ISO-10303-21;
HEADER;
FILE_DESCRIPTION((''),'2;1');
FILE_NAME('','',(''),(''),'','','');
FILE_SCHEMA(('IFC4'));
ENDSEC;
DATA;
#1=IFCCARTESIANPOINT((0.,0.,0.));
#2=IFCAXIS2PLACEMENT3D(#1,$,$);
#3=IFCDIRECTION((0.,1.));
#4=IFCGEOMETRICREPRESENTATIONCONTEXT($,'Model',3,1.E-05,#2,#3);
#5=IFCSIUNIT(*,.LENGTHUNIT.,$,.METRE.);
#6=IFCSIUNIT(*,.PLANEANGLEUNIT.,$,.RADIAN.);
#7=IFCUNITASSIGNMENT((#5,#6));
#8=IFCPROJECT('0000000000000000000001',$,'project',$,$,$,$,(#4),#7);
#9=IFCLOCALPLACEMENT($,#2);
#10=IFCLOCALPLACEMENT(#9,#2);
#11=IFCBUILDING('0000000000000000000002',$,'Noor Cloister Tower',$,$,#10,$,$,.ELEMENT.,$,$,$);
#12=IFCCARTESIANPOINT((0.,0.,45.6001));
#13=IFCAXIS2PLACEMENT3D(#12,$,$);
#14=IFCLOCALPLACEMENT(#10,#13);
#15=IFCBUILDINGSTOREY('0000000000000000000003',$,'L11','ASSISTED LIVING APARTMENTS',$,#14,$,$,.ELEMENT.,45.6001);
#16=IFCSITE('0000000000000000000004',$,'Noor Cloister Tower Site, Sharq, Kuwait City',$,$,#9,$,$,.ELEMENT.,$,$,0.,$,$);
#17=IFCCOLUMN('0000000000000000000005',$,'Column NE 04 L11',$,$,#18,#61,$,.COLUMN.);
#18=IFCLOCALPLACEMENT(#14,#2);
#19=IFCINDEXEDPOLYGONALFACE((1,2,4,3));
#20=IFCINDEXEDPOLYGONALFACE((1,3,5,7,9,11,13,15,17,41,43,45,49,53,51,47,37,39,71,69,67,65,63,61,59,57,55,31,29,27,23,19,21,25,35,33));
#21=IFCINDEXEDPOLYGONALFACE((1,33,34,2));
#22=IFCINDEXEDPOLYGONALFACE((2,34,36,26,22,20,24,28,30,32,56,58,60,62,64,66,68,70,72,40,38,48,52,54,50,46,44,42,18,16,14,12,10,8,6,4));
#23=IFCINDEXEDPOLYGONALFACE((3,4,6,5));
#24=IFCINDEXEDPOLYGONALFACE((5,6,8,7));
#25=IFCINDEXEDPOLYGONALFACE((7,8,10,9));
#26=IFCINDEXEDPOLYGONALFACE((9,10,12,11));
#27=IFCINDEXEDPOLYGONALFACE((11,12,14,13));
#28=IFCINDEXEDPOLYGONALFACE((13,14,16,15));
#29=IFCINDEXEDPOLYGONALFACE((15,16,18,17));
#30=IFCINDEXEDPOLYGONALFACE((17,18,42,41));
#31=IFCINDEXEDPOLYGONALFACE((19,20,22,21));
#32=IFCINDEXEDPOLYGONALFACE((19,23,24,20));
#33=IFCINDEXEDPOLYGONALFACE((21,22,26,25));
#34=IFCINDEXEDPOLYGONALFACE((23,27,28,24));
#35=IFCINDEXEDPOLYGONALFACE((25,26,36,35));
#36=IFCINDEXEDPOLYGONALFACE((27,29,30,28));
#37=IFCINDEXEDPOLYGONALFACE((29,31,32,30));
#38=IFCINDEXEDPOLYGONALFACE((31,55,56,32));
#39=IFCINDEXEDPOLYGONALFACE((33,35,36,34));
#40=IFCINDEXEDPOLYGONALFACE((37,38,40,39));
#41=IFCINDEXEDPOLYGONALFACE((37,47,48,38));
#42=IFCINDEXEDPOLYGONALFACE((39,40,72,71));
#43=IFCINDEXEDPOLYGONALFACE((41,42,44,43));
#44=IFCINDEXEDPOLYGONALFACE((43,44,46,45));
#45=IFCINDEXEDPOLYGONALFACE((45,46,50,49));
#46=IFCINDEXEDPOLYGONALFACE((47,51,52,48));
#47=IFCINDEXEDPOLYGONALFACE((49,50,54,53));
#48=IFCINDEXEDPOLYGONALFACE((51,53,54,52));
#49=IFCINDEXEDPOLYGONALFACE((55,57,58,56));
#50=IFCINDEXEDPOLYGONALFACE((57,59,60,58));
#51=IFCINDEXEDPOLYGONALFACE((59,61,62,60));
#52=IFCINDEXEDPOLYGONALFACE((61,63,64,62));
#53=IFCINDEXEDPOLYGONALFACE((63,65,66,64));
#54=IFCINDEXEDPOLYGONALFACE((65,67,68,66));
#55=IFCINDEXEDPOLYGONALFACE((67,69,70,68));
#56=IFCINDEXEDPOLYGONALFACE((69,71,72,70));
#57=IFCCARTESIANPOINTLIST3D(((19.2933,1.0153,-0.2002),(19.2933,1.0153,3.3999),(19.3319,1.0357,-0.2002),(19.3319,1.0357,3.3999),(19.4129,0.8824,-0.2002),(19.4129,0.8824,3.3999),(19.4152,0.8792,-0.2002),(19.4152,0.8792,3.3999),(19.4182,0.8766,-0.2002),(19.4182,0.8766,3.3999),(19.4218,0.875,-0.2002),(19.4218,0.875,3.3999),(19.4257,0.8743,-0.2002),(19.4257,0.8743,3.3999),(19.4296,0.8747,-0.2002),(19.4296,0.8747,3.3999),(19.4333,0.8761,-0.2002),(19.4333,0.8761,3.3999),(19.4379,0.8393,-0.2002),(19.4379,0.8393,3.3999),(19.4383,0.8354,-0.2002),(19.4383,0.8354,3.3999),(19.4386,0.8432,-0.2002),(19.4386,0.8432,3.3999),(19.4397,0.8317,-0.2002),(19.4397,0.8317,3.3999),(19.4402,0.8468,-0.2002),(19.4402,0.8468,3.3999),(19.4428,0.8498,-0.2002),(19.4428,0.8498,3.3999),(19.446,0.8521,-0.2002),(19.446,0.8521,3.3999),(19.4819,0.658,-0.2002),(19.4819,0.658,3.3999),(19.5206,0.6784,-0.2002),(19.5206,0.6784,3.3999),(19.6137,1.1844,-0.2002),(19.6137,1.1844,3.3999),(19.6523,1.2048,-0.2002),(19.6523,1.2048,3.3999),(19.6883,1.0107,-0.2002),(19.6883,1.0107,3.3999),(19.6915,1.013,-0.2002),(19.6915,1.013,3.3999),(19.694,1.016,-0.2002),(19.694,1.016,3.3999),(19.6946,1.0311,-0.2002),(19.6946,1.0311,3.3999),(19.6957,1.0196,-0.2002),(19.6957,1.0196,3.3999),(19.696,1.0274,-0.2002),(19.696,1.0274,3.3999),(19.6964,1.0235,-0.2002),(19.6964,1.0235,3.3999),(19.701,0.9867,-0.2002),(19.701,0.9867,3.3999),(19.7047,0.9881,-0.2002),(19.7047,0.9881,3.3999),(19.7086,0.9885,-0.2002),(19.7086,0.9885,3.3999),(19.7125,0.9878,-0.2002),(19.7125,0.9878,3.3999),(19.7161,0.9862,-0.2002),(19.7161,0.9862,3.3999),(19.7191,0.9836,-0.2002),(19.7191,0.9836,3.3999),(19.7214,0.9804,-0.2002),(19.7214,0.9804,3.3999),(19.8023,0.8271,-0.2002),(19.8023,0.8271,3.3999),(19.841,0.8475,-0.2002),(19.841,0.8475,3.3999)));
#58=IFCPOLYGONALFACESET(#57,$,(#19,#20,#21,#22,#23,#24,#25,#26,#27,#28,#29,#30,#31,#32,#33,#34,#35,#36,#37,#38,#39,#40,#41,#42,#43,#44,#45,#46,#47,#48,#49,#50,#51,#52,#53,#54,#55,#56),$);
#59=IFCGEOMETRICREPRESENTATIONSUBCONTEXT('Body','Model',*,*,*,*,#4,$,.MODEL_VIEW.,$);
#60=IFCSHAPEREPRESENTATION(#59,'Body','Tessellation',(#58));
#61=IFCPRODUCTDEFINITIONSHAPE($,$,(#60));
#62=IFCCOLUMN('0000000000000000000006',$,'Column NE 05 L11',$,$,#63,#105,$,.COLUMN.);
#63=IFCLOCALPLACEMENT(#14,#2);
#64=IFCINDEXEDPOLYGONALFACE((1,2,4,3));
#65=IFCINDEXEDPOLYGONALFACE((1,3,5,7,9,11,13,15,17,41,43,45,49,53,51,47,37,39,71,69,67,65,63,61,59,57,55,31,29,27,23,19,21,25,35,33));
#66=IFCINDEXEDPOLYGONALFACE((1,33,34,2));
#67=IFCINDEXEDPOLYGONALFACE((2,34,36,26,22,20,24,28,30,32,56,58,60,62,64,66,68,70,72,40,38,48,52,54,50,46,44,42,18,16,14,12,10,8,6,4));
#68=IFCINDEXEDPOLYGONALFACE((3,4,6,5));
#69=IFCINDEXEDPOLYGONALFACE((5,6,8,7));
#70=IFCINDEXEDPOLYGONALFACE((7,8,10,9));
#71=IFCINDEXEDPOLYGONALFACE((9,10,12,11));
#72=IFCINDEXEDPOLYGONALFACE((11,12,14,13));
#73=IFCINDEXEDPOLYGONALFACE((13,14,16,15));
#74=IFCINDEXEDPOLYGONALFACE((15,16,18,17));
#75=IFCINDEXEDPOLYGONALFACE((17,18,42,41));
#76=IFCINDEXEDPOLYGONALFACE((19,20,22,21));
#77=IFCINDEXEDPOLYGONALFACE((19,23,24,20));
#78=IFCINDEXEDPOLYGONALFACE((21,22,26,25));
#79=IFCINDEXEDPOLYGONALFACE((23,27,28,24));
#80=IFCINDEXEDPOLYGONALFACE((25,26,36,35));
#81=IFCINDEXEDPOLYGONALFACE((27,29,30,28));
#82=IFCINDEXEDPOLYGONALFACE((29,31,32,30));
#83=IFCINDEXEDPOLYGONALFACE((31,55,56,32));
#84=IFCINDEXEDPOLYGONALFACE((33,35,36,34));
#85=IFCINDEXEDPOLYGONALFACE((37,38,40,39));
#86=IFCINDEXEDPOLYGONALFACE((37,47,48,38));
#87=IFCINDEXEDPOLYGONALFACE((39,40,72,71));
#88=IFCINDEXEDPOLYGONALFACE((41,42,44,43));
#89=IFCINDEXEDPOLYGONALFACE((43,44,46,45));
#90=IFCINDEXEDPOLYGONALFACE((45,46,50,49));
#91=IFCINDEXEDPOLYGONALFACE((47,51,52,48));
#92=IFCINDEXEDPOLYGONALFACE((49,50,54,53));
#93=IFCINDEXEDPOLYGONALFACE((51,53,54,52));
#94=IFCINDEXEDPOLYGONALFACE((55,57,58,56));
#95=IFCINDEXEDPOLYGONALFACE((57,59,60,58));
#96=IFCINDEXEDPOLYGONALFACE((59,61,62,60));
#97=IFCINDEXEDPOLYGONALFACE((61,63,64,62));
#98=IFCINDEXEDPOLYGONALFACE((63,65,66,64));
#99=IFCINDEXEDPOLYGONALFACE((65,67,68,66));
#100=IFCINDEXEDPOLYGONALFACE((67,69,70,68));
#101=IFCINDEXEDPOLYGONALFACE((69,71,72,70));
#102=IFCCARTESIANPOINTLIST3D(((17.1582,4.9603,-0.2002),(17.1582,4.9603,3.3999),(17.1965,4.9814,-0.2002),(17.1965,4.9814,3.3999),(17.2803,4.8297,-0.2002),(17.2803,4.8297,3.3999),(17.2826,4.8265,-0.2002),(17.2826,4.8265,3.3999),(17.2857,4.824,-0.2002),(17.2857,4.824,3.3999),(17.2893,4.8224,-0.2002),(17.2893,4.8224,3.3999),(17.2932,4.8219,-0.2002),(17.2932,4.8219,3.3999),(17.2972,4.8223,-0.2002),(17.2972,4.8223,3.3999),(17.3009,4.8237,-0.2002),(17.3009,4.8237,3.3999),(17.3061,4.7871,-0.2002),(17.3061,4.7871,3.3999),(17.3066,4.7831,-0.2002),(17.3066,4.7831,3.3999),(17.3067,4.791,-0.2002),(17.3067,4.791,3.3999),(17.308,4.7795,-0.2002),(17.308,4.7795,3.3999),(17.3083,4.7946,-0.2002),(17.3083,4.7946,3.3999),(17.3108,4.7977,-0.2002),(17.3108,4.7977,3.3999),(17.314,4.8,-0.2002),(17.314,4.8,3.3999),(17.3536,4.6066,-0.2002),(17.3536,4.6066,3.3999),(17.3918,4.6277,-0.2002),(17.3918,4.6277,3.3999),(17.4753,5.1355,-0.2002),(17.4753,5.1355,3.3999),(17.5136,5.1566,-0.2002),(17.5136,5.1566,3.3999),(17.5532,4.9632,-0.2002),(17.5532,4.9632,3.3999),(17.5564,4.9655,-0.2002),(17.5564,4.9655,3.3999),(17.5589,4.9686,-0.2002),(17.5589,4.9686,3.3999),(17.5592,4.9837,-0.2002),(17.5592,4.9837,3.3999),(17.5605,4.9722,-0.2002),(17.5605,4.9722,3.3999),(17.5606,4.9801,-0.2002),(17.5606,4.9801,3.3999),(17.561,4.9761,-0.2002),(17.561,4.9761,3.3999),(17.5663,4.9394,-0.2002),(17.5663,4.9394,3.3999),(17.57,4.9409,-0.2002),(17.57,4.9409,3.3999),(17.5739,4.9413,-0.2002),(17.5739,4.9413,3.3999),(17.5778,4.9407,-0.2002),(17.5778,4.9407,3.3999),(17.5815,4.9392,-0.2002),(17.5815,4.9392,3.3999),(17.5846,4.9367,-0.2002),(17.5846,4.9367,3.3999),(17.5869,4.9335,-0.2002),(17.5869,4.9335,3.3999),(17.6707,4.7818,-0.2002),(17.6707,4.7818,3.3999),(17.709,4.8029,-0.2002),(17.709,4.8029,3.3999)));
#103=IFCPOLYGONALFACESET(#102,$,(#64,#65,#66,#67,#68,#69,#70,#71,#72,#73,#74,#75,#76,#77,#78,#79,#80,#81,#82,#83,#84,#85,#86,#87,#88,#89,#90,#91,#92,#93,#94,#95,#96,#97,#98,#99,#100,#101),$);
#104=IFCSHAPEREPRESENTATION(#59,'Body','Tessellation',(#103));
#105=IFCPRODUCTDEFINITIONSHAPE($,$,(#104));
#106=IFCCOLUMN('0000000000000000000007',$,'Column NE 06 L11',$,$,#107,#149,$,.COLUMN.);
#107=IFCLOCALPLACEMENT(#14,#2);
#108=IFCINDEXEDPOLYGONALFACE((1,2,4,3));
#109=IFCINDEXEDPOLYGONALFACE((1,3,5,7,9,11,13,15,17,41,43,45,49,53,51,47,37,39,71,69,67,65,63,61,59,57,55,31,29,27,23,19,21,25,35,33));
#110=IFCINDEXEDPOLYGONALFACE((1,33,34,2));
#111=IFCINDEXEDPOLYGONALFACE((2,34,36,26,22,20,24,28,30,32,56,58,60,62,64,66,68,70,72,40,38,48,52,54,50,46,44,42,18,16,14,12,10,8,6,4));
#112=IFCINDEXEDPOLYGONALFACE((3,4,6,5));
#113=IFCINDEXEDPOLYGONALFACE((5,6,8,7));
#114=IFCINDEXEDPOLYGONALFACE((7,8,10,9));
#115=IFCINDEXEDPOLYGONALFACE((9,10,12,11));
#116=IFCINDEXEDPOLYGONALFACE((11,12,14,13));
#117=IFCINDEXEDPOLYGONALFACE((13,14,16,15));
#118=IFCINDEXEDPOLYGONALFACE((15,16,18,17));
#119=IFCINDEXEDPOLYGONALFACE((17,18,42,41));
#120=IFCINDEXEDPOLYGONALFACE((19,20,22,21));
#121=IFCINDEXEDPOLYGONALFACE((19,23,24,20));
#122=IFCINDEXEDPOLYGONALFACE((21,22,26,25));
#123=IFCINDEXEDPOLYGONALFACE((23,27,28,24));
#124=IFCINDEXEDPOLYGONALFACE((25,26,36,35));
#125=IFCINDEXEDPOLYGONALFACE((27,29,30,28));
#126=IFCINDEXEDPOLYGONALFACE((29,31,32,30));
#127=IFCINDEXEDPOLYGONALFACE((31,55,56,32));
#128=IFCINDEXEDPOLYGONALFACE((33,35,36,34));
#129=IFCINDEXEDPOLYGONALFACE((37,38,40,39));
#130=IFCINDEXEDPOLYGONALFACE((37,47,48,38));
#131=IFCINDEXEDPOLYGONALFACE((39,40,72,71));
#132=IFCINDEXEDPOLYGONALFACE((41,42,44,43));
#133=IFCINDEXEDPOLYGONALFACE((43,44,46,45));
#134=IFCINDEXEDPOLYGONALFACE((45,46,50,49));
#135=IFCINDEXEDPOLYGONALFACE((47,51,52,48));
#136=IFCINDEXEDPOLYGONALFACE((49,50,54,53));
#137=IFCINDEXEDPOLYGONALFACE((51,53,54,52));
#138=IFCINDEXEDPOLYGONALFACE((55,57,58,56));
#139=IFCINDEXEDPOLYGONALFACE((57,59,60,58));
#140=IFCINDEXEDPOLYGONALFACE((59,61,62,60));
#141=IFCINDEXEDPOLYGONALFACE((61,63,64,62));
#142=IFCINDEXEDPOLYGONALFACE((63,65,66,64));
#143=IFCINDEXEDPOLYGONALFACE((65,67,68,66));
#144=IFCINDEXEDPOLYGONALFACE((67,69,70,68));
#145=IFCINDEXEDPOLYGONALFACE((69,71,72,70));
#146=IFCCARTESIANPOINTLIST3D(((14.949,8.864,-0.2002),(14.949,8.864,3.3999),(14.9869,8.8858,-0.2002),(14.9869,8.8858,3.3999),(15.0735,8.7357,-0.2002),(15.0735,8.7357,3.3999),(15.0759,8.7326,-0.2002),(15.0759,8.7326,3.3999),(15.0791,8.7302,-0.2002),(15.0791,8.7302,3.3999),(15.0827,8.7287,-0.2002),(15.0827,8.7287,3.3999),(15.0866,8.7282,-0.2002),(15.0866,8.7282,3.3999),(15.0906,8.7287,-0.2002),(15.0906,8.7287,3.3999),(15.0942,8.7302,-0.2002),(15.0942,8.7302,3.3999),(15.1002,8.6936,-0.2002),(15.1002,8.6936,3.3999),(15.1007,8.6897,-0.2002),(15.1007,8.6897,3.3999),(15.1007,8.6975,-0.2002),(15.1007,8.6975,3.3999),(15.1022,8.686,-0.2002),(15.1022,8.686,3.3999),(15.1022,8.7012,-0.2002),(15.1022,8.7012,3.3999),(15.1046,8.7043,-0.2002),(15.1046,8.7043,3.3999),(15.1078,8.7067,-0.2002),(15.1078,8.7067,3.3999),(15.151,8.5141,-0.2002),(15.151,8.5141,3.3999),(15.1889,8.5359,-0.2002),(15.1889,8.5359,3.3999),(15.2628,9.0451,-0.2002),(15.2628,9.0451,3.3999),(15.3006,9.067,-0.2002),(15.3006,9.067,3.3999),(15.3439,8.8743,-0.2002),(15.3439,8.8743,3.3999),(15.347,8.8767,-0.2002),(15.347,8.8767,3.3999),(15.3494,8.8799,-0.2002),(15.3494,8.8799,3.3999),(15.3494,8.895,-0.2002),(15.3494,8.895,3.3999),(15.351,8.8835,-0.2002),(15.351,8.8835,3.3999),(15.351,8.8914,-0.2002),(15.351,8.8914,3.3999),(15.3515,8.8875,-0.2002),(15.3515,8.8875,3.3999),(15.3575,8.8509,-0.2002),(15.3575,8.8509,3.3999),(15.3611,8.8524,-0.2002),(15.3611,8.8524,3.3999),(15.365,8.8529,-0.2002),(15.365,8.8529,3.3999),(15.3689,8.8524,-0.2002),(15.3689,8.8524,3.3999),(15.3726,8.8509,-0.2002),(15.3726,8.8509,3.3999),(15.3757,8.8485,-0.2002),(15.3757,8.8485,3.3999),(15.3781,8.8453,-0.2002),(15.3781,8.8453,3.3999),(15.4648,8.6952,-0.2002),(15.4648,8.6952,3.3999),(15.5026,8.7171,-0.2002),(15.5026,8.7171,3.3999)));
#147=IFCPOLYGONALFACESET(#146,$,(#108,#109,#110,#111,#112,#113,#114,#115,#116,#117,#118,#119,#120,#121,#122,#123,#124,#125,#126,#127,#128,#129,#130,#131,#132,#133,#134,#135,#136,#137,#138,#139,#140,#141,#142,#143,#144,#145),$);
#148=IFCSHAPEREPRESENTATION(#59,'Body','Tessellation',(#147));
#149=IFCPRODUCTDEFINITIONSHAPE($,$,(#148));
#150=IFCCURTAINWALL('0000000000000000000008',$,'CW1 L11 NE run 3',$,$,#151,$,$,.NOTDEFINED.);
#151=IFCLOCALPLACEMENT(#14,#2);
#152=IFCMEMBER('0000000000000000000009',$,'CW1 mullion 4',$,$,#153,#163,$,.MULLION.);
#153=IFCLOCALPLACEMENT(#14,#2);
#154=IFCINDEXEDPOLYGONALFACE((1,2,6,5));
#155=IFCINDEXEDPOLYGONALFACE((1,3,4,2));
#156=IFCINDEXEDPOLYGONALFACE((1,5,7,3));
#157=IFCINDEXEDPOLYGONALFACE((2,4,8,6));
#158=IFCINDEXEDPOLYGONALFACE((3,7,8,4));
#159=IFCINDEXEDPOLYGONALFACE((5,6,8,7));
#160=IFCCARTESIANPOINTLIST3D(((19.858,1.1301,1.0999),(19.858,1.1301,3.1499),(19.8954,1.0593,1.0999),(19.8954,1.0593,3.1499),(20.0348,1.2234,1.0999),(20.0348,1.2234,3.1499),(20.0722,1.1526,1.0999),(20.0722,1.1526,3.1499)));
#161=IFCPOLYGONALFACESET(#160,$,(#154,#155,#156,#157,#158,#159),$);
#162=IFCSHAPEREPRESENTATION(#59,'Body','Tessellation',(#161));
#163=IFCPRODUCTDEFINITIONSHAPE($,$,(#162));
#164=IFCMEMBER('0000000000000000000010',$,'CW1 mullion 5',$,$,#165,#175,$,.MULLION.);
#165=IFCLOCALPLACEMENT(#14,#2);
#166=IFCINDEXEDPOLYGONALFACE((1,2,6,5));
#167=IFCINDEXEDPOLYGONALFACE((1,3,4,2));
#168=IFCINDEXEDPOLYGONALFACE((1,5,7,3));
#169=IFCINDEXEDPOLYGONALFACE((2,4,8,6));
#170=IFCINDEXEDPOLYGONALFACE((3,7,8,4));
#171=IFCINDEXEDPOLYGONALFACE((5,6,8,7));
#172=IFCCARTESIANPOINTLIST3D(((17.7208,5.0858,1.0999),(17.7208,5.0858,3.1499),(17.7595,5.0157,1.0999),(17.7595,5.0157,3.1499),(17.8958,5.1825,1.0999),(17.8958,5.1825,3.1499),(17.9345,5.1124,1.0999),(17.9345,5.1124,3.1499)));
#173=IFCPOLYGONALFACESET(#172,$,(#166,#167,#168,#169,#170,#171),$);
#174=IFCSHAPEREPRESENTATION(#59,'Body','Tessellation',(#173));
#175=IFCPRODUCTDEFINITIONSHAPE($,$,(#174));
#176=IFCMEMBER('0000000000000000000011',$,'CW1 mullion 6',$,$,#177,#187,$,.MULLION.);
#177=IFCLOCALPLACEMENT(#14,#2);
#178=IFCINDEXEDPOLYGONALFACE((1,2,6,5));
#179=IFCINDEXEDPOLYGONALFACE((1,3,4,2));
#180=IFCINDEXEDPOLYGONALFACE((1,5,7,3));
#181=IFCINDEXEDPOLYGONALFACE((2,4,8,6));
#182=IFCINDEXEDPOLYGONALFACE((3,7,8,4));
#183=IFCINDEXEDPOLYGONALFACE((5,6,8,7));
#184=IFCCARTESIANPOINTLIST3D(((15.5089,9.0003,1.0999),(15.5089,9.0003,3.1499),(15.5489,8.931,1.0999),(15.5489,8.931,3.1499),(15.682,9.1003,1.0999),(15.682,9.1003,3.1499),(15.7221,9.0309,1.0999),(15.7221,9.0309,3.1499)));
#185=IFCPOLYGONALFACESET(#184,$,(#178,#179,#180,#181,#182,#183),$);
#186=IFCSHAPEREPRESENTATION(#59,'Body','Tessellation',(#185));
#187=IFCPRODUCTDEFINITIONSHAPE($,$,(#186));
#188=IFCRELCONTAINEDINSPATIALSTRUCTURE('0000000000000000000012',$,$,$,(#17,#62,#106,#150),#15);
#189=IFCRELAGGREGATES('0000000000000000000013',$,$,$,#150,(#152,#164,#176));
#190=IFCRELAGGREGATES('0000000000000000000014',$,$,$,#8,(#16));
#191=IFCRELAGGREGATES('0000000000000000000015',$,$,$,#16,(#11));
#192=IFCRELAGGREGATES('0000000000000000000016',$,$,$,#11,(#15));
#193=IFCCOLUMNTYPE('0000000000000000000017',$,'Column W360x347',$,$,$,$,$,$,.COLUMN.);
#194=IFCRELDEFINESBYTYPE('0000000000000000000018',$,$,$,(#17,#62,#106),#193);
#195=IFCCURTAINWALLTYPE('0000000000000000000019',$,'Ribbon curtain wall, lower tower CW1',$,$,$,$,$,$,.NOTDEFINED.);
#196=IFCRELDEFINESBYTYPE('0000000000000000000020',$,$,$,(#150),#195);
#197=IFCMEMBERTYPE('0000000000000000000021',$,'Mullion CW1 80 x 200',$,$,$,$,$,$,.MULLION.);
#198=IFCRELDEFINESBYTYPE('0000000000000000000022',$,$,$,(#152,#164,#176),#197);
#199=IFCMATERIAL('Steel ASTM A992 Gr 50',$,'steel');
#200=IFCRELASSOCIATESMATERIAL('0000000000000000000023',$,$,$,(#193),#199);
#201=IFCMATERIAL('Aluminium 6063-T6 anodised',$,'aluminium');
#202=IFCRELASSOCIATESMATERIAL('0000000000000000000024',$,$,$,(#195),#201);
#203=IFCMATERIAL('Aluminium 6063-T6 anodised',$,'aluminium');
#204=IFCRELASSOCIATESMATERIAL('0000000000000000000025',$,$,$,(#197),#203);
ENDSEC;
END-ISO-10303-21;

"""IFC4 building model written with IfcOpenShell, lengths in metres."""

from ifc_helpers import new_model, si_unit, direction, frame, origin, origin_2d, place, context, subcontext, project, spatial, rectangle, i_section, extrude, material, material_profile, profile_set, type_object, element, aggregate, save


model = new_model("IFC4")

# Units and contexts
model_context = context("Model", 3, precision=1e-05, world=origin(), true_north=direction((0.0, 1.0)))
body_context = subcontext(model_context, "Body", "Model", "MODEL_VIEW")
ifc_project = project(units=[si_unit("LENGTHUNIT", "METRE"), si_unit("PLANEANGLEUNIT", "RADIAN")], contexts=[model_context])

# Site, building, storey
site_placement = place(None, origin())
site = spatial("IfcSite", under=ifc_project, at=site_placement, Name="Noor Cloister Tower Site, Sharq, Kuwait City", CompositionType="ELEMENT", RefElevation=0.0)
building_placement = place(site_placement, origin())
building = spatial("IfcBuilding", under=site, at=building_placement, Name="Noor Cloister Tower", CompositionType="ELEMENT")
storey_placement = place(building_placement, frame((0.0, 0.0, 45.6001)))
storey = spatial("IfcBuildingStorey", under=building, at=storey_placement, Name="L11", Description="ASSISTED LIVING APARTMENTS", CompositionType="ELEMENT", Elevation=45.6001)

# Columns
ifc_material_1 = material(Name="Steel ASTM A992 Gr 50", Category="steel")
ifc_material_profile_1 = material_profile(ifc_material_1, i_section(OverallWidth=0.4041, OverallDepth=0.406, WebThickness=0.0271, FlangeThickness=0.0437, FilletRadius=0.0151, at=origin_2d()), Name="W360x347")
ifc_profile_set_1 = profile_set([ifc_material_profile_1], Name="Steel ASTM A992 Gr 50")
column_type = type_object("IfcColumnType", Name="Column W360x347", PredefinedType="COLUMN", material=ifc_profile_set_1)
for number, where, z_axis, x_axis, name in (
    (1, (19.5671, 0.9314, -0.2002), (0.0, 0.0, 1.0), (-0.466887, 0.884317, 0.0), "Column NE 04 L11"),
    (2, (17.4336, 4.8816, -0.2002), (0.0, 0.0, 1.0), (-0.48353, 0.875328, 0.0), "Column NE 05 L11"),
    (3, (15.2258, 8.7905, -0.2002), (0.0, 0.0, 1.0), (-0.5, 0.866025, 0.0), "Column NE 06 L11"),
):
    element("IfcColumn", number, at=place(storey_placement, frame(where, z_axis=z_axis, x_axis=x_axis)), inside=storey, type_object=column_type, Name=name, PredefinedType="COLUMN", context=body_context, shape_type="SweptSolid", body=[
        extrude(i_section(OverallWidth=0.4041, OverallDepth=0.406, WebThickness=0.0271, FlangeThickness=0.0437, FilletRadius=0.0151, at=origin_2d()), origin(), (0.0, 0.0, 1.0), 3.6001),
    ])

# Curtain wall, members
ifc_material_2 = material(Name="Aluminium 6063-T6 anodised", Category="aluminium")
curtain_wall_type = type_object("IfcCurtainWallType", Name="Ribbon curtain wall, lower tower CW1", PredefinedType="NOTDEFINED", material=ifc_material_2)
curtain_wall_placement = place(storey_placement, origin())
curtain_wall = element("IfcCurtainWall", 4, at=curtain_wall_placement, inside=storey, type_object=curtain_wall_type, Name="CW1 L11 NE run 3", PredefinedType="NOTDEFINED")
ifc_material_3 = material(Name="Aluminium 6063-T6 anodised", Category="aluminium")
ifc_material_profile_2 = material_profile(ifc_material_3, rectangle(XDim=0.2, YDim=0.0801, at=origin_2d()), Name="200 x 80 mullion")
ifc_profile_set_2 = profile_set([ifc_material_profile_2], Name="Aluminium 6063-T6 anodised")
member_type = type_object("IfcMemberType", Name="Mullion CW1 80 x 200", PredefinedType="MULLION", material=ifc_profile_set_2)
member_1_placement = place(storey_placement, frame((19.9651, 1.1414, 1.0999), z_axis=(0.0, 0.0, 1.0), x_axis=(-0.884317, -0.466887, 0.0)))
member_1 = element("IfcMember", 5, at=member_1_placement, type_object=member_type, Name="CW1 mullion 4", PredefinedType="MULLION", context=body_context, shape_type="SweptSolid", body=[
    extrude(rectangle(XDim=0.2, YDim=0.0801, at=origin_2d()), origin(), (0.0, 0.0, 1.0), 2.05),
])
member_2_placement = place(storey_placement, frame((17.8276, 5.0991, 1.0999), z_axis=(0.0, 0.0, 1.0), x_axis=(-0.875328, -0.48353, 0.0)))
member_2 = element("IfcMember", 6, at=member_2_placement, type_object=member_type, Name="CW1 mullion 5", PredefinedType="MULLION", context=body_context, shape_type="SweptSolid", body=[
    extrude(rectangle(XDim=0.2, YDim=0.0801, at=origin_2d()), origin(), (0.0, 0.0, 1.0), 2.05),
])
member_3_placement = place(storey_placement, frame((15.6155, 9.0156, 1.0999), z_axis=(0.0, 0.0, 1.0), x_axis=(-0.866025, -0.5, 0.0)))
member_3 = element("IfcMember", 7, at=member_3_placement, type_object=member_type, Name="CW1 mullion 6", PredefinedType="MULLION", context=body_context, shape_type="SweptSolid", body=[
    extrude(rectangle(XDim=0.2, YDim=0.0801, at=origin_2d()), origin(), (0.0, 0.0, 1.0), 2.05),
])

aggregate(curtain_wall, [member_1, member_2, member_3])

save(model, "model.ifc")
